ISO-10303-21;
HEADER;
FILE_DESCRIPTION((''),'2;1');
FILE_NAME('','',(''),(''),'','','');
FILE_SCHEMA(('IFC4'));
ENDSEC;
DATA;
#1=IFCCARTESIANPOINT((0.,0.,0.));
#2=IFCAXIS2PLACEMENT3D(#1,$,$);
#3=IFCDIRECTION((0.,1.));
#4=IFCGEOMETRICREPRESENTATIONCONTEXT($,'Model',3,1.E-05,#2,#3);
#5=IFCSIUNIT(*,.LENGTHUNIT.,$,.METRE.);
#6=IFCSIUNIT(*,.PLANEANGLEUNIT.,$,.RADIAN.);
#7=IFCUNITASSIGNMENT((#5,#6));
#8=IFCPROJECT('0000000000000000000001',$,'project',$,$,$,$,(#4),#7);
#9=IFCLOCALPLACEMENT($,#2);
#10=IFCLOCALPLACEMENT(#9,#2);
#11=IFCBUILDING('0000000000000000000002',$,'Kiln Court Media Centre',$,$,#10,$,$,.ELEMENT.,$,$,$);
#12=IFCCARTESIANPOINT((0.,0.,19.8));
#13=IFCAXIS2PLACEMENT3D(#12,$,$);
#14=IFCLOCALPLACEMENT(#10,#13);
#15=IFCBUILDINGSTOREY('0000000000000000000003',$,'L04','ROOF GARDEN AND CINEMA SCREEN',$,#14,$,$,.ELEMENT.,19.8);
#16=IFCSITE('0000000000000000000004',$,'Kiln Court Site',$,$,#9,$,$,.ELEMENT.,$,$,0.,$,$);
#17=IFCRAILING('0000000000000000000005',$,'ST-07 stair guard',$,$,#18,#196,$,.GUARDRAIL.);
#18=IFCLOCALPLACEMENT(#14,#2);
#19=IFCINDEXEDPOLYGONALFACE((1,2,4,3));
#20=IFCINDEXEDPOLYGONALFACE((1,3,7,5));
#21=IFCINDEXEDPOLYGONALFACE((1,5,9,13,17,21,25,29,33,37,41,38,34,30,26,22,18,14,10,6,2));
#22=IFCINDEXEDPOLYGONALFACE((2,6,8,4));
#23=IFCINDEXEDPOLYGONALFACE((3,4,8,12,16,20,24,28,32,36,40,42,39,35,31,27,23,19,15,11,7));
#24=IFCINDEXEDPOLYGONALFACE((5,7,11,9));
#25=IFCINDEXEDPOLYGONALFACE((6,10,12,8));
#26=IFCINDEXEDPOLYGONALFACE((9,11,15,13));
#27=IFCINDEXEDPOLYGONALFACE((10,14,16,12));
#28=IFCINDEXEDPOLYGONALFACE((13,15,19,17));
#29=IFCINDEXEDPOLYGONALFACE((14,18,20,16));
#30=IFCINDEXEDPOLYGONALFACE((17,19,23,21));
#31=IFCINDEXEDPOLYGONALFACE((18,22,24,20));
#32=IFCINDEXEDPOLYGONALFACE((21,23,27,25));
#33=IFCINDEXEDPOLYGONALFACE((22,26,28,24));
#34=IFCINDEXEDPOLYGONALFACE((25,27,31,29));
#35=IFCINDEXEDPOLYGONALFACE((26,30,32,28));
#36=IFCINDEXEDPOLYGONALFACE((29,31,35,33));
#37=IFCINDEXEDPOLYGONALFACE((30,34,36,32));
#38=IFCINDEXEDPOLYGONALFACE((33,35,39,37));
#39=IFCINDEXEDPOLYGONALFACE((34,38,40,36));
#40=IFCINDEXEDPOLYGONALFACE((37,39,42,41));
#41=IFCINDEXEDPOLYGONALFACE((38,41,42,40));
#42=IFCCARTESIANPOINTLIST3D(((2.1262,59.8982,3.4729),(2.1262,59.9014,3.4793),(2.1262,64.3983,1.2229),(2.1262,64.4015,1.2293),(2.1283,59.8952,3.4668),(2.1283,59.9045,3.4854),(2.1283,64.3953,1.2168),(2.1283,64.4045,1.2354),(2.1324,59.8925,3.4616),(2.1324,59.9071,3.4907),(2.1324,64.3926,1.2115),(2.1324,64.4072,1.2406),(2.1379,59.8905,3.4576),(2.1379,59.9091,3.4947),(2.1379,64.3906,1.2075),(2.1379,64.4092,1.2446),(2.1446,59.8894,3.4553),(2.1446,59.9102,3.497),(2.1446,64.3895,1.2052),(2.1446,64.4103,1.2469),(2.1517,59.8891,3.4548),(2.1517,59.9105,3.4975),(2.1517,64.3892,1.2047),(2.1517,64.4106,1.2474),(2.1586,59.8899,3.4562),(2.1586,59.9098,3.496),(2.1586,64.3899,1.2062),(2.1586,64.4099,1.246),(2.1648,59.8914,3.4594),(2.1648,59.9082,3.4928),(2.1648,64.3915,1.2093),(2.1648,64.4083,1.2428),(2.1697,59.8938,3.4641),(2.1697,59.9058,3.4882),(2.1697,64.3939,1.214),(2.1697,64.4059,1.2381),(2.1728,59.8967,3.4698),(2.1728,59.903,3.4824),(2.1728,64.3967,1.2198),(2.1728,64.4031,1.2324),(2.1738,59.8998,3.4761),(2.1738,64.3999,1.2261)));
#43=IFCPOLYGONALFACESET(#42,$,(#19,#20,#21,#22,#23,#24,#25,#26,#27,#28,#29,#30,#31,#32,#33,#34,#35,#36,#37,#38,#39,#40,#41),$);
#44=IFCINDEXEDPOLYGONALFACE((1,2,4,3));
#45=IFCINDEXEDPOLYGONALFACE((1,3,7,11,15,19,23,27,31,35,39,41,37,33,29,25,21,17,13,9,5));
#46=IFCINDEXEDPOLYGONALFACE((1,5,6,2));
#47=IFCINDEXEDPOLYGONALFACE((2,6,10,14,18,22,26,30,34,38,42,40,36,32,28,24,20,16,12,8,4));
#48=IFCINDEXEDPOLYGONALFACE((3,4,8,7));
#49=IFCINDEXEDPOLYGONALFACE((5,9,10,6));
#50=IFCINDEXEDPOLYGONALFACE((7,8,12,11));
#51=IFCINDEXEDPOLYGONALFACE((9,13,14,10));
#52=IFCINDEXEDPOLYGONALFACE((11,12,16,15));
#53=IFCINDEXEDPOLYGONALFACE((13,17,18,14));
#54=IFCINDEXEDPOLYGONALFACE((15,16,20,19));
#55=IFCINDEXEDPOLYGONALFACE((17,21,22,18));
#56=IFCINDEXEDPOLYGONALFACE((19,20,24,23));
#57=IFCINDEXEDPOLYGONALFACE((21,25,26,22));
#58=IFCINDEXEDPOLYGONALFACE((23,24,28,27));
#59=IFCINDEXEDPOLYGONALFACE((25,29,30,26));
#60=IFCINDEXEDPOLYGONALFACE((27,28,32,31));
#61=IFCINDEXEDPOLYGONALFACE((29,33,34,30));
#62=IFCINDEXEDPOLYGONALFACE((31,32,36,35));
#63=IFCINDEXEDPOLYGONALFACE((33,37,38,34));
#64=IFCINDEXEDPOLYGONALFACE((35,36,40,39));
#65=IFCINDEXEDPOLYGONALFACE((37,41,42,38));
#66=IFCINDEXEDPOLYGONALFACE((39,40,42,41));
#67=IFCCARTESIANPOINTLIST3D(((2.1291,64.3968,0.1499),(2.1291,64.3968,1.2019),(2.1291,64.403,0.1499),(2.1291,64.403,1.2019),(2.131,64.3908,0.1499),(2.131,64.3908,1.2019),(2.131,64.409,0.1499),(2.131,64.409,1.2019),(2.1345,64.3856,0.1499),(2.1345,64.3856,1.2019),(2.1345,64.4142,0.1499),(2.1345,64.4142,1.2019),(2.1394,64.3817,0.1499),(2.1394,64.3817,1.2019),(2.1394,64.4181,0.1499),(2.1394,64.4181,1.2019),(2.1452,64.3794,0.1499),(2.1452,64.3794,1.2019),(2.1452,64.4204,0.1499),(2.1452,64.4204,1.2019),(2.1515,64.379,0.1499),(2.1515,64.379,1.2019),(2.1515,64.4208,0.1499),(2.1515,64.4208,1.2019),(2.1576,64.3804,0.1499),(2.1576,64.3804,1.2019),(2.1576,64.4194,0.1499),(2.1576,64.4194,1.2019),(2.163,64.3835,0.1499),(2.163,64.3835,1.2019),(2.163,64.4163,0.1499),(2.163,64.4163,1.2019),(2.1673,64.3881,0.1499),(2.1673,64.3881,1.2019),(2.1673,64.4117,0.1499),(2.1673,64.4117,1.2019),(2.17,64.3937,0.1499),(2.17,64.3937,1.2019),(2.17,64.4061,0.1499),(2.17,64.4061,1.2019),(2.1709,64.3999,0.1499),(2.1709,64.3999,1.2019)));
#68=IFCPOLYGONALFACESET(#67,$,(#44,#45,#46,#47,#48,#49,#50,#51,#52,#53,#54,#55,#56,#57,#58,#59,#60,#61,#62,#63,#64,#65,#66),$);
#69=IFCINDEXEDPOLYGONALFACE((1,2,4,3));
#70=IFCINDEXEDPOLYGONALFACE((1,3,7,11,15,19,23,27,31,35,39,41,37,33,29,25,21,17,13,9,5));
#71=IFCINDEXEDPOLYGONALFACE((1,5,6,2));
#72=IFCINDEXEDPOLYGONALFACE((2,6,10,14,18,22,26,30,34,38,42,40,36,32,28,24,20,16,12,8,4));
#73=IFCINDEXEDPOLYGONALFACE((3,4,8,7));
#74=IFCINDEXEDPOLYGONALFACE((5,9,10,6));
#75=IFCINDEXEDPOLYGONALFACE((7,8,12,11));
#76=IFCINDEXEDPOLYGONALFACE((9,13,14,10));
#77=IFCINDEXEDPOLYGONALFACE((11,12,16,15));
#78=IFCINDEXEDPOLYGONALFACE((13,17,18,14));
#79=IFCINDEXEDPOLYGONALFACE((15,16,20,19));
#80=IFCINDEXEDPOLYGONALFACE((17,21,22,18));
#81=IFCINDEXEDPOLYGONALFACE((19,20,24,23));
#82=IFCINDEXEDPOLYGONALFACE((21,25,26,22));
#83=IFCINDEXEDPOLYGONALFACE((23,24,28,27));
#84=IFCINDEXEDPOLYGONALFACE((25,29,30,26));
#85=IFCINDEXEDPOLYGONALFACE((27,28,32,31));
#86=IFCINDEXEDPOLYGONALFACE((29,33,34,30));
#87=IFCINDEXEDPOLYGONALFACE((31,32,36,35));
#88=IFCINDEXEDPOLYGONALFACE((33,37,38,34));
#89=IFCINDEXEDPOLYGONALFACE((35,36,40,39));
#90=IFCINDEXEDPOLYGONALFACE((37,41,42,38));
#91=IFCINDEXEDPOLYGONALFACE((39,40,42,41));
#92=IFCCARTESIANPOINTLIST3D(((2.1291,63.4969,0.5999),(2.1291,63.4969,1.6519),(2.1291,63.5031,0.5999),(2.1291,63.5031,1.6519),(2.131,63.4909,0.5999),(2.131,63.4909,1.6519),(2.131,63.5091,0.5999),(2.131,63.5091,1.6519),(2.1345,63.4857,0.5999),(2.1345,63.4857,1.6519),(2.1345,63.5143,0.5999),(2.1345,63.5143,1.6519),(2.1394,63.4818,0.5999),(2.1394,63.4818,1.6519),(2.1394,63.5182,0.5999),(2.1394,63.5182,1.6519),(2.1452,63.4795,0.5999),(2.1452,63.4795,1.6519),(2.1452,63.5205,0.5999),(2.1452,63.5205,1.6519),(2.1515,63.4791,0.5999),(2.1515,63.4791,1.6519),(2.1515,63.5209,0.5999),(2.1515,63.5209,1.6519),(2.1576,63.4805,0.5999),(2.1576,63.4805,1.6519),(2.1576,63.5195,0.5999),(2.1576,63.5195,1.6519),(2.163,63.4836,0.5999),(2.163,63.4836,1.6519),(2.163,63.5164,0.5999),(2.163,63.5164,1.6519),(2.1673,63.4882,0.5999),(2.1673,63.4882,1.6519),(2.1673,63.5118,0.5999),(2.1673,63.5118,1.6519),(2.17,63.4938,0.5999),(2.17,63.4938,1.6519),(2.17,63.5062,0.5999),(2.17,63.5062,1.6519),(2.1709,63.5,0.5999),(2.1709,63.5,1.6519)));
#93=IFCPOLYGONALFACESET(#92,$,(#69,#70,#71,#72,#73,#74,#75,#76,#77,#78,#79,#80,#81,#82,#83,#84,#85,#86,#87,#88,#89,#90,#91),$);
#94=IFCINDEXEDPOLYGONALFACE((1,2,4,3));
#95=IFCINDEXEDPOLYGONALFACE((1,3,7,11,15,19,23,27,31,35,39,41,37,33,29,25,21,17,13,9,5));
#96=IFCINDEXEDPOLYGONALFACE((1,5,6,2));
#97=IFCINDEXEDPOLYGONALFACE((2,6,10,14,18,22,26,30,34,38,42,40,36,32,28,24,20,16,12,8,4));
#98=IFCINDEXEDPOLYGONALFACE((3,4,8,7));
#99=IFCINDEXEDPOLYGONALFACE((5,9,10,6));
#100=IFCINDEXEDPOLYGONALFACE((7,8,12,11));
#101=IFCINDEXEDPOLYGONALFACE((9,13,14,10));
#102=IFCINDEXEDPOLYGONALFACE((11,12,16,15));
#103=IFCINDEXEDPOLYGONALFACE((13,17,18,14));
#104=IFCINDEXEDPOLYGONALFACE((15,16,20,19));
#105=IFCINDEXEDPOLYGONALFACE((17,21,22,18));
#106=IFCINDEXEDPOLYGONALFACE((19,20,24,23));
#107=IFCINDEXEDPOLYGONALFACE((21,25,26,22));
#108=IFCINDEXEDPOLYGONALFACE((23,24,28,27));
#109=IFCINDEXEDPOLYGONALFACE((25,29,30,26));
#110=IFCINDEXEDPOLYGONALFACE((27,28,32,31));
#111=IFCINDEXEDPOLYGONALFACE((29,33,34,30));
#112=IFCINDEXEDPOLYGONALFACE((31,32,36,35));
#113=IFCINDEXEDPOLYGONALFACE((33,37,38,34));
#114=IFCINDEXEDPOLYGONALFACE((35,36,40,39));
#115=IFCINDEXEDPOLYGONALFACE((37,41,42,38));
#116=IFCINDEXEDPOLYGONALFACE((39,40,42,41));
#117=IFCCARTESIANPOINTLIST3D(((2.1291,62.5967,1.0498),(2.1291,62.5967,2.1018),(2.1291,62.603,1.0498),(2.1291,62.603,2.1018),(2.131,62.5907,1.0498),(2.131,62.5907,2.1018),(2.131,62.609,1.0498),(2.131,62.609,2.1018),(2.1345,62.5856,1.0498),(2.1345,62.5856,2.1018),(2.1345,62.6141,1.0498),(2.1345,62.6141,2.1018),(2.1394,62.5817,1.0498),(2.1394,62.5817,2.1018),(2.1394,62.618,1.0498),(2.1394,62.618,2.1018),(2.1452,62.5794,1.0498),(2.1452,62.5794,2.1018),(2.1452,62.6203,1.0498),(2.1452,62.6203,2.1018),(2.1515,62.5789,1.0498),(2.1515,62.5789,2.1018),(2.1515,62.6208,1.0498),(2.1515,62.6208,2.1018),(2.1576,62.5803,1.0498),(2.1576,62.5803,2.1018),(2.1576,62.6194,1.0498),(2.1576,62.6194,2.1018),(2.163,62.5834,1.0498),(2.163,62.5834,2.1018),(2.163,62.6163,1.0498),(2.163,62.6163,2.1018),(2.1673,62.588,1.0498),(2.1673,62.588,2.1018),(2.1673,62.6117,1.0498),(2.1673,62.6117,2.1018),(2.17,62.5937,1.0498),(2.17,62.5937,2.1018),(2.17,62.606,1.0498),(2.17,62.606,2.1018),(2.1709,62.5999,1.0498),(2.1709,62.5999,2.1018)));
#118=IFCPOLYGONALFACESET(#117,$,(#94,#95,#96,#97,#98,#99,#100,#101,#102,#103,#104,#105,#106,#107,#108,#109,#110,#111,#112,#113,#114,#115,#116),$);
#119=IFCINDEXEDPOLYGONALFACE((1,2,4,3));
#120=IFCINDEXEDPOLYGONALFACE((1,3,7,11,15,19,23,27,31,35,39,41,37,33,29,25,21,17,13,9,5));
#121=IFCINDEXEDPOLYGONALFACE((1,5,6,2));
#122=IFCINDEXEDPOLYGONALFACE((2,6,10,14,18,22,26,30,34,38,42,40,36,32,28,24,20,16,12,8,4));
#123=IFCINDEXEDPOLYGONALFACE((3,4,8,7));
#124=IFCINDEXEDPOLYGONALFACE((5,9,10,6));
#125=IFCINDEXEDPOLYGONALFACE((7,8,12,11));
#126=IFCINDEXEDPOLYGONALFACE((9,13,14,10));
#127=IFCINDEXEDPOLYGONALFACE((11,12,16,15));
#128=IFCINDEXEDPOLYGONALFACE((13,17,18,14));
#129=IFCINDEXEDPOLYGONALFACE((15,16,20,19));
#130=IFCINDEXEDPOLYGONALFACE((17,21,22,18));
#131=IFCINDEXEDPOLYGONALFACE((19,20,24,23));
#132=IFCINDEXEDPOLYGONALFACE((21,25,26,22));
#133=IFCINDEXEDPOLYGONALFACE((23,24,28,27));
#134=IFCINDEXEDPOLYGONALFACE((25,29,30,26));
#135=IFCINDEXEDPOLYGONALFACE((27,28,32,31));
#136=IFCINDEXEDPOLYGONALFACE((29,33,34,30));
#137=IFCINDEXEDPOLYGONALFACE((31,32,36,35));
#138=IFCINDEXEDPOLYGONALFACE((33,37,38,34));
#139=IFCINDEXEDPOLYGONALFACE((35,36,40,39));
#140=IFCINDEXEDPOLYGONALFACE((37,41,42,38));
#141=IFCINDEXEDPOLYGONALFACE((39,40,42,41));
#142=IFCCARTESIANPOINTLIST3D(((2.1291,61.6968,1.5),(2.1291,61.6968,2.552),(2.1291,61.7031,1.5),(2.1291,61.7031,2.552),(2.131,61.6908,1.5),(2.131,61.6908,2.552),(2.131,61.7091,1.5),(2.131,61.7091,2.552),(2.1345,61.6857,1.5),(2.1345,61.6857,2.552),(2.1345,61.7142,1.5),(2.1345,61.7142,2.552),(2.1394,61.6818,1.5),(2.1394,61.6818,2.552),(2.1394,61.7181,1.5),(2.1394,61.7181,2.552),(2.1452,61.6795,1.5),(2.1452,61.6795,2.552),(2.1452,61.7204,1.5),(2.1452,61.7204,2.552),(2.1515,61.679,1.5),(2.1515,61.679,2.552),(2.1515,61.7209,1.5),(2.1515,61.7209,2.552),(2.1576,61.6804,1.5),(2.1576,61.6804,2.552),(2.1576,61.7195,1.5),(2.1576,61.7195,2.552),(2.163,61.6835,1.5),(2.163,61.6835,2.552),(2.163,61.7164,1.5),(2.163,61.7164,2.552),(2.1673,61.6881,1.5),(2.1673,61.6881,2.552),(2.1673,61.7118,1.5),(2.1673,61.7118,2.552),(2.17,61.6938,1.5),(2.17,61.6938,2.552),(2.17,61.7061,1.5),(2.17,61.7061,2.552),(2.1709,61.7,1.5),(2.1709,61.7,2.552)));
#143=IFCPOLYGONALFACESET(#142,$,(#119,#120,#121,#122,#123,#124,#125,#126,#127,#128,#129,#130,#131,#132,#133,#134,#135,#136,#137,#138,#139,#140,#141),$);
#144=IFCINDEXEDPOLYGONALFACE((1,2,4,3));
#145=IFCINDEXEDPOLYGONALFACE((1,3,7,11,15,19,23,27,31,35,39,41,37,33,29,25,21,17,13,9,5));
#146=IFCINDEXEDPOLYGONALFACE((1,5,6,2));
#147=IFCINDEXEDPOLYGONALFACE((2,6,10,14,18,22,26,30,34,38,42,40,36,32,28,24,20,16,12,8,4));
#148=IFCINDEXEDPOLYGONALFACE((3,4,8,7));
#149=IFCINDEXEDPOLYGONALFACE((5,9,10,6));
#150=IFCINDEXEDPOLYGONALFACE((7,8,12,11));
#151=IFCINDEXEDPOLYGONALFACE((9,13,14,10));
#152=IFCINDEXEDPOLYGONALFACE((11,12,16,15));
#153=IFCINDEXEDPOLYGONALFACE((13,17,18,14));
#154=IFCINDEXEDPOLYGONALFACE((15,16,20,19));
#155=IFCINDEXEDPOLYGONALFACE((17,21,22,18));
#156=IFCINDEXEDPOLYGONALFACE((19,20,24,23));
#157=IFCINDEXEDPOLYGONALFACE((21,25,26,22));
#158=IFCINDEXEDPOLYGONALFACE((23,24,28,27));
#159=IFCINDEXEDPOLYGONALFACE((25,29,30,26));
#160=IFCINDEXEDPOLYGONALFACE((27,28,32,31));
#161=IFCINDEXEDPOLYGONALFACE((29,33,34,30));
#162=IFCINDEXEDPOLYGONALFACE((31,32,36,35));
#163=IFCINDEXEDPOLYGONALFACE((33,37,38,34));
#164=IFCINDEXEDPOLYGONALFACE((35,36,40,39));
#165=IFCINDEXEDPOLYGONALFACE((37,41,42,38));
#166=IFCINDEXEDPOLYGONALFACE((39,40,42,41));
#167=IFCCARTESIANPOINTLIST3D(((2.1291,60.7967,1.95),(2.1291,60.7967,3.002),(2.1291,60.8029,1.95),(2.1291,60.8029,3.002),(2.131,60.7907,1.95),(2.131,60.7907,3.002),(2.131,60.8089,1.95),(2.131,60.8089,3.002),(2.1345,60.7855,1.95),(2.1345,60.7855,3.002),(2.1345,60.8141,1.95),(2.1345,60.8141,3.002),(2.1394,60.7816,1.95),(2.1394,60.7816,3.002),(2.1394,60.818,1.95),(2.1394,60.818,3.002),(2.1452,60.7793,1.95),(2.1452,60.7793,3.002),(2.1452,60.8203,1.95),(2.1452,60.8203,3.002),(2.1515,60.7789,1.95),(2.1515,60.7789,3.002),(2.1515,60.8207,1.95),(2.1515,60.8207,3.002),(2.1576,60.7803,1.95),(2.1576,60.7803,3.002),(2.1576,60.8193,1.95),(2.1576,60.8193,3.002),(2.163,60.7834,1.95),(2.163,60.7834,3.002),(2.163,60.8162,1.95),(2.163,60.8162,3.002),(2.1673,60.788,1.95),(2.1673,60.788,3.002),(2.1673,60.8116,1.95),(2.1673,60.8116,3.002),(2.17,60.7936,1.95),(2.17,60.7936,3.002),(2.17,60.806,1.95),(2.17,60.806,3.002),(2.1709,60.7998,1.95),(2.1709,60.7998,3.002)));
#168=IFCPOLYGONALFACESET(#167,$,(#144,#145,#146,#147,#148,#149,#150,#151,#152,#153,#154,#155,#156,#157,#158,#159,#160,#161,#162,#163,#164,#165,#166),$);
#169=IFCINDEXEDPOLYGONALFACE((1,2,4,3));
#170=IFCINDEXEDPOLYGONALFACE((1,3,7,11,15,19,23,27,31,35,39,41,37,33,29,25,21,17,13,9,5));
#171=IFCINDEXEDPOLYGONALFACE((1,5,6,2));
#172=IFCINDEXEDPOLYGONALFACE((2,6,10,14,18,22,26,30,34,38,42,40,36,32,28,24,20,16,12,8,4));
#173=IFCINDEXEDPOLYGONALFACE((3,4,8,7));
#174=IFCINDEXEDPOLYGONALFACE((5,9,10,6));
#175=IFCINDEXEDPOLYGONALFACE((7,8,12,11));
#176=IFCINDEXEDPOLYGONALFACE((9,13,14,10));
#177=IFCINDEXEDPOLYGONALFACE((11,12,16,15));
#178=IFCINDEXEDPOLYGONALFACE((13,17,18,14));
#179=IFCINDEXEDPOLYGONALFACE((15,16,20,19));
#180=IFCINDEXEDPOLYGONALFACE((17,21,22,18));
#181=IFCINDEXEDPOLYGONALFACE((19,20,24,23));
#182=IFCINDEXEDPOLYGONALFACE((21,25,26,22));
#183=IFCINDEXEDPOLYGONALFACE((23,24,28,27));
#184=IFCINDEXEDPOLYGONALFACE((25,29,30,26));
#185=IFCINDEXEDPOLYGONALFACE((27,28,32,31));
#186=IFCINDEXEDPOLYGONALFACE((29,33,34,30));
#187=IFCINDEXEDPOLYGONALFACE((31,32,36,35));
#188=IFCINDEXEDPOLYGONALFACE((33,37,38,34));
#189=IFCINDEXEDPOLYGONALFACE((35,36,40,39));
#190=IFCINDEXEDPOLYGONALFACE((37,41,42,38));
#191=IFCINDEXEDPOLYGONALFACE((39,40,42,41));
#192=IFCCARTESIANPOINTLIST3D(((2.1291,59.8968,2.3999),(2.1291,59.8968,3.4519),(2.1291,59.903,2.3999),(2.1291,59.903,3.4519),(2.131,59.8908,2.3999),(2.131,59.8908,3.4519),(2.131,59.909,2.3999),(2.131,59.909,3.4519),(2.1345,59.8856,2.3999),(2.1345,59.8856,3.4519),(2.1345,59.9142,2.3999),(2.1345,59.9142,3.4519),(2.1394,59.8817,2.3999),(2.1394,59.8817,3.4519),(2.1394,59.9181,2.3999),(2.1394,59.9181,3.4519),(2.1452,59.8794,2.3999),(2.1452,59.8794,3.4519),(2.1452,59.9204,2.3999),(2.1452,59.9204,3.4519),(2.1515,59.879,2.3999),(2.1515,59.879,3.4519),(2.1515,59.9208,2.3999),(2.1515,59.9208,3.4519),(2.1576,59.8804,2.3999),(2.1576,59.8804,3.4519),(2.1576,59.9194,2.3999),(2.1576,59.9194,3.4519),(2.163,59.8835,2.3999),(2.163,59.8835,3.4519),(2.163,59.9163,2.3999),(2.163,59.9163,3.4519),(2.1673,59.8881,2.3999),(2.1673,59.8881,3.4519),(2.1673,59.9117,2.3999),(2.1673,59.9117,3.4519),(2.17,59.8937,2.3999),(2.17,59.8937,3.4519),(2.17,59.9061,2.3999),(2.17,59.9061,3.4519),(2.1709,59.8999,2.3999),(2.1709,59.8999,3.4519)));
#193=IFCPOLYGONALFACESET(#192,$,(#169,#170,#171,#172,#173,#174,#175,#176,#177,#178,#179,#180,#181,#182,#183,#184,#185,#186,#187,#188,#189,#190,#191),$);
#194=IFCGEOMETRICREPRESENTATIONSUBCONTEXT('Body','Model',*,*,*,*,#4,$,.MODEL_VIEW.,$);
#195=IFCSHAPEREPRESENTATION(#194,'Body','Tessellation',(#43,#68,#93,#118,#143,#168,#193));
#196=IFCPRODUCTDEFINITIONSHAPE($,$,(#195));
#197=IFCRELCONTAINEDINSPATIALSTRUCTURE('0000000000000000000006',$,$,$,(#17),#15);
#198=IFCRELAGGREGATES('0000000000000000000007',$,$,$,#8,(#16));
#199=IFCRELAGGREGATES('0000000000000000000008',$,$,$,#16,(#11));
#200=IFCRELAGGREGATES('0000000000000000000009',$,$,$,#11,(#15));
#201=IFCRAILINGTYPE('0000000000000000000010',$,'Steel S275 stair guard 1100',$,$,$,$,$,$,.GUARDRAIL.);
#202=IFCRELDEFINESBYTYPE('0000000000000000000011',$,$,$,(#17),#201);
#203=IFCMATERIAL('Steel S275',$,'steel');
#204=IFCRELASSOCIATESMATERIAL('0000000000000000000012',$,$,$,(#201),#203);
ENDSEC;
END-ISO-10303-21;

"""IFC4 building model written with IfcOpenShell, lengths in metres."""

from ifc_helpers import new_model, si_unit, direction, frame, origin, origin_2d, place, context, subcontext, project, spatial, circle, extrude, material, type_object, element, save


model = new_model("IFC4")

# Units and contexts
model_context = context("Model", 3, precision=1e-05, world=origin(), true_north=direction((0.0, 1.0)))
body_context = subcontext(model_context, "Body", "Model", "MODEL_VIEW")
ifc_project = project(units=[si_unit("LENGTHUNIT", "METRE"), si_unit("PLANEANGLEUNIT", "RADIAN")], contexts=[model_context])

# Site, building, storey
site_placement = place(None, origin())
site = spatial("IfcSite", under=ifc_project, at=site_placement, Name="Kiln Court Site", CompositionType="ELEMENT", RefElevation=0.0)
building_placement = place(site_placement, origin())
building = spatial("IfcBuilding", under=site, at=building_placement, Name="Kiln Court Media Centre", CompositionType="ELEMENT")
storey_placement = place(building_placement, frame((0.0, 0.0, 19.8)))
storey = spatial("IfcBuildingStorey", under=building, at=storey_placement, Name="L04", Description="ROOF GARDEN AND CINEMA SCREEN", CompositionType="ELEMENT", Elevation=19.8)

# Railing
ifc_material_1 = material(Name="Steel S275", Category="steel")
railing_type_1 = type_object("IfcRailingType", Name="Steel S275 stair guard 1100", PredefinedType="GUARDRAIL", material=ifc_material_1)
railing_1_placement = place(storey_placement, frame((2.1499, 64.3999, 0.1499)))
element("IfcRailing", 1, at=railing_1_placement, inside=storey, type_object=railing_type_1, Name="ST-07 stair guard", PredefinedType="GUARDRAIL", context=body_context, shape_type="SweptSolid", body=[
    extrude(circle(Radius=0.0239, at=origin_2d()), frame((0.0, 0.0, 1.0762), z_axis=(0.0, -0.894427, 0.447214), x_axis=(1.0, 0.0, 0.0)), (0.0, 0.0, 1.0), 5.0312),
    extrude(circle(Radius=0.021, at=origin_2d()), origin(), (0.0, 0.0, 1.0), 1.052),
    extrude(circle(Radius=0.021, at=origin_2d()), frame((0.0, -0.8999, 0.45)), (0.0, 0.0, 1.0), 1.052),
    extrude(circle(Radius=0.021, at=origin_2d()), frame((0.0, -1.8, 0.8999)), (0.0, 0.0, 1.0), 1.052),
    extrude(circle(Radius=0.021, at=origin_2d()), frame((0.0, -2.7, 1.3501)), (0.0, 0.0, 1.0), 1.052),
    extrude(circle(Radius=0.021, at=origin_2d()), frame((0.0, -3.6001, 1.8)), (0.0, 0.0, 1.0), 1.052),
    extrude(circle(Radius=0.021, at=origin_2d()), frame((0.0, -4.5, 2.25)), (0.0, 0.0, 1.0), 1.052),
])

save(model, "model.ifc")
